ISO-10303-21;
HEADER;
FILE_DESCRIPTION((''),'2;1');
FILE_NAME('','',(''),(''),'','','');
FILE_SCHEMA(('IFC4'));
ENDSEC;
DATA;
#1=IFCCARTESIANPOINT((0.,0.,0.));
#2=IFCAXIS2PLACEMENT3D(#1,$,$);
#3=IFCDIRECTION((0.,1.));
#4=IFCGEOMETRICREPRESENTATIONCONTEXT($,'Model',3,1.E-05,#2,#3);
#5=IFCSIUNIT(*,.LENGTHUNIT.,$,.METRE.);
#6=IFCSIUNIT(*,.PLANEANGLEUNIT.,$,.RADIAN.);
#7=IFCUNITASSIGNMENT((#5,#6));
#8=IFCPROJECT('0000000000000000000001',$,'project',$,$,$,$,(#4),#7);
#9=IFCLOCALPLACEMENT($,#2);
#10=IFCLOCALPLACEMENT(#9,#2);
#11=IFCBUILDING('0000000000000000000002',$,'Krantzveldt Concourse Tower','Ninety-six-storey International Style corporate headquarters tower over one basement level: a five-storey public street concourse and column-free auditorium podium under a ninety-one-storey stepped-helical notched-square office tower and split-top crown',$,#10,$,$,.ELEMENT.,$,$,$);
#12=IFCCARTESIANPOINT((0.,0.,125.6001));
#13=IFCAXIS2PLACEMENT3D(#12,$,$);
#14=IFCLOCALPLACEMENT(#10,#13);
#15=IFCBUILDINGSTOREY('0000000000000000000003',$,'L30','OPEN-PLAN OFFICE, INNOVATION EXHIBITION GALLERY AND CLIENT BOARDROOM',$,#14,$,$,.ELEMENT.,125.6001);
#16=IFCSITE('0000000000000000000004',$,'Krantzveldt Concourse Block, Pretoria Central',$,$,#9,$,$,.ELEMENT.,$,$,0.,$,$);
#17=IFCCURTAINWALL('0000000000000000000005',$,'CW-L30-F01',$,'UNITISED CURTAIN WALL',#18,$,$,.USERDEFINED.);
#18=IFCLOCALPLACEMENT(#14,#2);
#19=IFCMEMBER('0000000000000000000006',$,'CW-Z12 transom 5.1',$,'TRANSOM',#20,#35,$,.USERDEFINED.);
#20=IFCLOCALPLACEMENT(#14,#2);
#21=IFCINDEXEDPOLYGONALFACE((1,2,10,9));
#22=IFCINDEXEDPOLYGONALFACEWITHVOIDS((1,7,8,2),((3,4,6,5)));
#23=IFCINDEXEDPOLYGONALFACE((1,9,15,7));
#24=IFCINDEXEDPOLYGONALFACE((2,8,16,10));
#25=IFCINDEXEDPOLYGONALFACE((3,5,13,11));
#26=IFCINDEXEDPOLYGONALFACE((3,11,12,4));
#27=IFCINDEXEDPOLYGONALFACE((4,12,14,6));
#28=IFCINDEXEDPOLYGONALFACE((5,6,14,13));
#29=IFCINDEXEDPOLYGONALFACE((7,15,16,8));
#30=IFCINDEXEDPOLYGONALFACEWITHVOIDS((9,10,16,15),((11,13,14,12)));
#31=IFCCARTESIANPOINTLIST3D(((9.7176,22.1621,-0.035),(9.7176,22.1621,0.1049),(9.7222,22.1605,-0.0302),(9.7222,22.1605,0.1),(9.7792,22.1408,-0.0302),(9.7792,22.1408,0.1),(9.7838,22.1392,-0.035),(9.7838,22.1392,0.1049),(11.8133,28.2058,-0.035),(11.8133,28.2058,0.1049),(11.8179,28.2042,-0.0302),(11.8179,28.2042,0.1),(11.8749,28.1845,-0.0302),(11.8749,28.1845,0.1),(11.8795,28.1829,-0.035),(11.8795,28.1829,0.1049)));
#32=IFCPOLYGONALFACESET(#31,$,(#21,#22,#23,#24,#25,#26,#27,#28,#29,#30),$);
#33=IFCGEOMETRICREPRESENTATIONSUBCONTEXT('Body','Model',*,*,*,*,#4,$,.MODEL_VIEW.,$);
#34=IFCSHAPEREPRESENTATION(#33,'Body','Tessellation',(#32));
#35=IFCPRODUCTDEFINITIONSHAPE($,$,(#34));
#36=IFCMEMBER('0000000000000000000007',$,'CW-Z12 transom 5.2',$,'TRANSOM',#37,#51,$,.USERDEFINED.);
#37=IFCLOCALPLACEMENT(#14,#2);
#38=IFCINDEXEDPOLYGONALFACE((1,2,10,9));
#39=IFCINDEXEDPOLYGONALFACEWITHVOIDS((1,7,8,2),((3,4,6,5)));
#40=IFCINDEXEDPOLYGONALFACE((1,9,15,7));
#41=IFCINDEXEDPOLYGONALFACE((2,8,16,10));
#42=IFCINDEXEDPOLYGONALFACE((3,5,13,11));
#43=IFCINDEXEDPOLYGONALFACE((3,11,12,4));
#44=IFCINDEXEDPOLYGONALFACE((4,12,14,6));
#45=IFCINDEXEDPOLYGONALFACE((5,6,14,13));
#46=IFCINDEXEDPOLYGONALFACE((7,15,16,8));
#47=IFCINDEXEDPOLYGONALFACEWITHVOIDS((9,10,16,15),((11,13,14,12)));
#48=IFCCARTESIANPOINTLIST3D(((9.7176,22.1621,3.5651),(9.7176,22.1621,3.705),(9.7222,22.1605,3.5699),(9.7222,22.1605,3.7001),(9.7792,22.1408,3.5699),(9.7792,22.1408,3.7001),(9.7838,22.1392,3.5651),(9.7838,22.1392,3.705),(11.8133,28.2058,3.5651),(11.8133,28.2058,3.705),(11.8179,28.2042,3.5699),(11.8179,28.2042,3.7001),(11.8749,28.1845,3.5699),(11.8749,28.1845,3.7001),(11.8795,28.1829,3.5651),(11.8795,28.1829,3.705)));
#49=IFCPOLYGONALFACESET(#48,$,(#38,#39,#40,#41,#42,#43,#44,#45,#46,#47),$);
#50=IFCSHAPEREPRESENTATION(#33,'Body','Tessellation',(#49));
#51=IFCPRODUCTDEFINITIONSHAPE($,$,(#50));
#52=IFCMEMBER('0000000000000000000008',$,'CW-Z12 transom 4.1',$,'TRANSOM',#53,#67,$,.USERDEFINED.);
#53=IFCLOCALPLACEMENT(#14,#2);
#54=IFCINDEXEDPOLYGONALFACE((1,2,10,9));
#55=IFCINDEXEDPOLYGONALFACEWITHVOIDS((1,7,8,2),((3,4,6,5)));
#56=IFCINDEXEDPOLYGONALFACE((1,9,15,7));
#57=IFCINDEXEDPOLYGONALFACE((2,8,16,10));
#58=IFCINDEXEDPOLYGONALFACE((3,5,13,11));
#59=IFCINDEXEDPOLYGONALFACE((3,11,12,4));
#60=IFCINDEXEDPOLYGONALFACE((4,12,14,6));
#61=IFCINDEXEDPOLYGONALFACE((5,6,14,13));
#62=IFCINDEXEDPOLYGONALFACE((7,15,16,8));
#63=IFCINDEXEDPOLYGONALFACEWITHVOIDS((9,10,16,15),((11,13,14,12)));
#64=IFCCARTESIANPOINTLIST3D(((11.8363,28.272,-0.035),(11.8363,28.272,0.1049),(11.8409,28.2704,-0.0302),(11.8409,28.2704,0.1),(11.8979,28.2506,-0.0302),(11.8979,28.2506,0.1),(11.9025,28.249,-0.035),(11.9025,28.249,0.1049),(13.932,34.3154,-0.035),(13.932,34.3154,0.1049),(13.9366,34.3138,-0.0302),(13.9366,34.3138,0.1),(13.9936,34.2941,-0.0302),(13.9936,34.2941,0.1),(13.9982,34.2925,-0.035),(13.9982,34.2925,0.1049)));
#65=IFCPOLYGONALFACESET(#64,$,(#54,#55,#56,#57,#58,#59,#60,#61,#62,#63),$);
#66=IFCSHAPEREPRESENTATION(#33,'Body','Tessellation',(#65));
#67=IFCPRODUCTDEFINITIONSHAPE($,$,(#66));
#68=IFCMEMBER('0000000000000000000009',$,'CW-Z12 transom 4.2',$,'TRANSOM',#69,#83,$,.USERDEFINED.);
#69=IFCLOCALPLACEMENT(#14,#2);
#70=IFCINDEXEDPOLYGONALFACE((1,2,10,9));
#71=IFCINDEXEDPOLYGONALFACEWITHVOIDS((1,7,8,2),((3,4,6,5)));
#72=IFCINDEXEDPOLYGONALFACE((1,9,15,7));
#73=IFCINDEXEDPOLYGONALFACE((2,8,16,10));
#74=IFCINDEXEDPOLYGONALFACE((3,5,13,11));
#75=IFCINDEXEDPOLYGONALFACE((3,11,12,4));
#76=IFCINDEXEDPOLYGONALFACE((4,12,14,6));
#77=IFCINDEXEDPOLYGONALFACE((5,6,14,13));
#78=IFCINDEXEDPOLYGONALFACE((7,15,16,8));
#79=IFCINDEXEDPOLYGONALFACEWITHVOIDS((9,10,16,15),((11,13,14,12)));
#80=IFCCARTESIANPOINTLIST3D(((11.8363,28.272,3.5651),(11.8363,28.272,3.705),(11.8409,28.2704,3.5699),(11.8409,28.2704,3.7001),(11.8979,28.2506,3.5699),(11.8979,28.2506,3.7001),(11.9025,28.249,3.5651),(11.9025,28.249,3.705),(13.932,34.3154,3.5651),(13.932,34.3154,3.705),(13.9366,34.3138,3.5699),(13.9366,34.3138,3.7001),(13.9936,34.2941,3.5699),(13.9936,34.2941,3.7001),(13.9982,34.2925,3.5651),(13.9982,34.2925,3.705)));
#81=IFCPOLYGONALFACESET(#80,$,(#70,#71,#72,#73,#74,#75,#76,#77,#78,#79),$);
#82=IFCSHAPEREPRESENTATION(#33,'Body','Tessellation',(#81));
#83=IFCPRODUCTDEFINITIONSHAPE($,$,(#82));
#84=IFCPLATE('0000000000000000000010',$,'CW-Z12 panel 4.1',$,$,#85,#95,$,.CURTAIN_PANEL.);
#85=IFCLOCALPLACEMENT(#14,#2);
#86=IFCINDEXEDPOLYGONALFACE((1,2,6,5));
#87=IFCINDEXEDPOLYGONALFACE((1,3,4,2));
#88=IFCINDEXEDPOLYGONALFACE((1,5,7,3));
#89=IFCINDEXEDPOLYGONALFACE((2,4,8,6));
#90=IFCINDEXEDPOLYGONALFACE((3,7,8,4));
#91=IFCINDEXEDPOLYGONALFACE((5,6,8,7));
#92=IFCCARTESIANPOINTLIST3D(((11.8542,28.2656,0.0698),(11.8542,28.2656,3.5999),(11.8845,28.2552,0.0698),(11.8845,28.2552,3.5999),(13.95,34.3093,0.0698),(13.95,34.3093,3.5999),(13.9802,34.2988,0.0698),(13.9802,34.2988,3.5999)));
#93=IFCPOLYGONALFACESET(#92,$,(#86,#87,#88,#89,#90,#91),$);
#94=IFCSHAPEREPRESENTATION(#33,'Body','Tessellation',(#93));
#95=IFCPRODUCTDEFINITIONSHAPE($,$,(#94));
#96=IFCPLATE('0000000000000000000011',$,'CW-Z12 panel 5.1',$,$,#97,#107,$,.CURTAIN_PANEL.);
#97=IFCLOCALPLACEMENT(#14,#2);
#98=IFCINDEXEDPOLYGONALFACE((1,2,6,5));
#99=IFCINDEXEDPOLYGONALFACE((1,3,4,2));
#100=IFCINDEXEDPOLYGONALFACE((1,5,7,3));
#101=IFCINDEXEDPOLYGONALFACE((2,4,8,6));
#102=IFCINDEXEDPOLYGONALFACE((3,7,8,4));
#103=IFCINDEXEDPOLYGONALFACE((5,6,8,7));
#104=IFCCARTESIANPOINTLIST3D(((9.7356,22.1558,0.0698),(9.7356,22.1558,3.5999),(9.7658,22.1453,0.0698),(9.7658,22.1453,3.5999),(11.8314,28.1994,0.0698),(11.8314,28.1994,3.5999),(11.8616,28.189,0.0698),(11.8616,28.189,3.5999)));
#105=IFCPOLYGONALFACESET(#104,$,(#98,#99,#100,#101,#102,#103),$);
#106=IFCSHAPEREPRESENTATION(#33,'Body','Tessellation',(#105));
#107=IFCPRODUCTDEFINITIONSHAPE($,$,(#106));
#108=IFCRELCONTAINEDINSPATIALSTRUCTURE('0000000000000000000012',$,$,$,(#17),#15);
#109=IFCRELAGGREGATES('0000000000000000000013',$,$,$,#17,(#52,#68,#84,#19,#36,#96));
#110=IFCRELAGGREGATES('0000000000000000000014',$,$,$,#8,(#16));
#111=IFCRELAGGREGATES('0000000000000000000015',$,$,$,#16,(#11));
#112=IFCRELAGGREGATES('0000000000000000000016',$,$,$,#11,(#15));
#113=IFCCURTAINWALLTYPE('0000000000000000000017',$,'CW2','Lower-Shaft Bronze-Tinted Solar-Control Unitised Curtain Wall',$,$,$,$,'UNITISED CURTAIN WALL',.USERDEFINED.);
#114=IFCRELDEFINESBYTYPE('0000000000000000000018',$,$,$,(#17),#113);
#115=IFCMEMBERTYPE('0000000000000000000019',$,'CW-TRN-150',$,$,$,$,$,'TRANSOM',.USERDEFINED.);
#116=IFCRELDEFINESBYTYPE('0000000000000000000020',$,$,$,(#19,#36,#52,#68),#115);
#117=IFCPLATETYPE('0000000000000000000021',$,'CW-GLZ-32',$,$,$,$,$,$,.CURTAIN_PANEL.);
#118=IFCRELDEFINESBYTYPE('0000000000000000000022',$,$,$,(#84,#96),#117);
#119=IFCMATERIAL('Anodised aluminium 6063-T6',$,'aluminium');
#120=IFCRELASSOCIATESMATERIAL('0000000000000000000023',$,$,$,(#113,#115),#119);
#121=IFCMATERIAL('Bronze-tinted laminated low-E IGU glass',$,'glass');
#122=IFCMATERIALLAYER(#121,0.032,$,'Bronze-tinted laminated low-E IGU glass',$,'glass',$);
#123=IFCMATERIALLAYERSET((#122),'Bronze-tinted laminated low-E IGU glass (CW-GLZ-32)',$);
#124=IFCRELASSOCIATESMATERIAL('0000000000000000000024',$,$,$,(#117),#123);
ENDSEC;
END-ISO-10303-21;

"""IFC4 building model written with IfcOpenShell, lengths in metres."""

from ifc_helpers import new_model, si_unit, direction, frame, origin, origin_2d, place, context, subcontext, project, spatial, rectangle, hollow_rectangle, extrude, source, transform, mapped, material, layer, layer_set, material_profile, profile_set, type_object, type_shapes, element, aggregate, save


model = new_model("IFC4")

# Units and contexts
model_context = context("Model", 3, precision=1e-05, world=origin(), true_north=direction((0.0, 1.0)))
body_context = subcontext(model_context, "Body", "Model", "MODEL_VIEW")
ifc_project = project(units=[si_unit("LENGTHUNIT", "METRE"), si_unit("PLANEANGLEUNIT", "RADIAN")], contexts=[model_context])

# Site, building, storey
site_placement = place(None, origin())
site = spatial("IfcSite", under=ifc_project, at=site_placement, Name="Krantzveldt Concourse Block, Pretoria Central", CompositionType="ELEMENT", RefElevation=0.0)
building_placement = place(site_placement, origin())
building = spatial("IfcBuilding", under=site, at=building_placement, Name="Krantzveldt Concourse Tower", Description="Ninety-six-storey International Style corporate headquarters tower over one basement level: a five-storey public street concourse and column-free auditorium podium under a ninety-one-storey stepped-helical notched-square office tower and split-top crown", CompositionType="ELEMENT")
storey_placement = place(building_placement, frame((0.0, 0.0, 125.6001)))
storey = spatial("IfcBuildingStorey", under=building, at=storey_placement, Name="L30", Description="OPEN-PLAN OFFICE, INNOVATION EXHIBITION GALLERY AND CLIENT BOARDROOM", CompositionType="ELEMENT", Elevation=125.6001)

# Curtain wall, members, plates
ifc_material_1 = material(Name="Anodised aluminium 6063-T6", Category="aluminium")
curtain_wall_type = type_object("IfcCurtainWallType", Name="CW2", Description="Lower-Shaft Bronze-Tinted Solar-Control Unitised Curtain Wall", ElementType="UNITISED CURTAIN WALL", PredefinedType="USERDEFINED", material=ifc_material_1)
curtain_wall_placement = place(storey_placement, origin())
curtain_wall = element("IfcCurtainWall", 1, at=curtain_wall_placement, inside=storey, type_object=curtain_wall_type, Name="CW-L30-F01", ObjectType="UNITISED CURTAIN WALL", PredefinedType="USERDEFINED")
ifc_material_profile_1 = material_profile(ifc_material_1, hollow_rectangle(XDim=0.0701, YDim=0.1399, WallThickness=0.0049, at=origin_2d()), Name="Anodised aluminium 6063-T6", Category="aluminium")
ifc_profile_set_1 = profile_set([ifc_material_profile_1], Name="Anodised aluminium 6063-T6 - ALU-TRAN 140x70x5")
member_type_1 = type_object("IfcMemberType", Name="CW-TRN-150", ElementType="TRANSOM", PredefinedType="USERDEFINED", material=ifc_profile_set_1)
shared_shape_1 = source(origin(), body_context, "Body", "SweptSolid", [
    extrude(hollow_rectangle(XDim=0.0701, YDim=0.1399, WallThickness=0.0049, at=origin_2d()), origin(), (0.0, 0.0, 1.0), 6.3967),
])
member_1_placement = place(storey_placement, frame((11.8464, 28.1943, 0.0349), z_axis=(-0.32762, -0.944809, 0.0), x_axis=(0.944809, -0.32762, 0.0)))
member_1 = element("IfcMember", 2, at=member_1_placement, type_object=member_type_1, Name="CW-Z12 transom 5.1", ObjectType="TRANSOM", PredefinedType="USERDEFINED", context=body_context, shape_type="MappedRepresentation", body=[
    mapped(shared_shape_1, transform((0.0, 0.0, 0.0), x_axis=(1.0, 0.0, 0.0), y_axis=(0.0, 1.0, 0.0), z_axis=(0.0, 0.0, 1.0), scale=1.0)),
])
member_2_placement = place(storey_placement, frame((11.8464, 28.1943, 3.635), z_axis=(-0.32762, -0.944809, 0.0), x_axis=(0.944809, -0.32762, 0.0)))
member_2 = element("IfcMember", 3, at=member_2_placement, type_object=member_type_1, Name="CW-Z12 transom 5.2", ObjectType="TRANSOM", PredefinedType="USERDEFINED", context=body_context, shape_type="MappedRepresentation", body=[
    mapped(shared_shape_1, transform((0.0, 0.0, 0.0), x_axis=(1.0, 0.0, 0.0), y_axis=(0.0, 1.0, 0.0), z_axis=(0.0, 0.0, 1.0), scale=1.0)),
])
shared_shape_2 = source(origin(), body_context, "Body", "SweptSolid", [
    extrude(hollow_rectangle(XDim=0.0701, YDim=0.1399, WallThickness=0.0049, at=origin_2d()), origin(), (0.0, 0.0, 1.0), 6.3965),
])
type_shapes(member_type_1, [shared_shape_1, shared_shape_2])
member_3_placement = place(storey_placement, frame((13.9651, 34.304, 0.0349), z_axis=(-0.327632, -0.944805, 0.0), x_axis=(0.944805, -0.327632, 0.0)))
member_3 = element("IfcMember", 4, at=member_3_placement, type_object=member_type_1, Name="CW-Z12 transom 4.1", ObjectType="TRANSOM", PredefinedType="USERDEFINED", context=body_context, shape_type="MappedRepresentation", body=[
    mapped(shared_shape_2, transform((0.0, 0.0, 0.0), x_axis=(1.0, 0.0, 0.0), y_axis=(0.0, 1.0, 0.0), z_axis=(0.0, 0.0, 1.0), scale=1.0)),
])
member_4_placement = place(storey_placement, frame((13.9651, 34.304, 3.635), z_axis=(-0.327632, -0.944805, 0.0), x_axis=(0.944805, -0.327632, 0.0)))
member_4 = element("IfcMember", 5, at=member_4_placement, type_object=member_type_1, Name="CW-Z12 transom 4.2", ObjectType="TRANSOM", PredefinedType="USERDEFINED", context=body_context, shape_type="MappedRepresentation", body=[
    mapped(shared_shape_2, transform((0.0, 0.0, 0.0), x_axis=(1.0, 0.0, 0.0), y_axis=(0.0, 1.0, 0.0), z_axis=(0.0, 0.0, 1.0), scale=1.0)),
])
ifc_material_2 = material(Name="Bronze-tinted laminated low-E IGU glass", Category="glass")
ifc_layer = layer(ifc_material_2, 0.032, Name="Bronze-tinted laminated low-E IGU glass", Category="glass")
ifc_layer_set = layer_set([ifc_layer], Name="Bronze-tinted laminated low-E IGU glass (CW-GLZ-32)")
plate_type = type_object("IfcPlateType", Name="CW-GLZ-32", PredefinedType="CURTAIN_PANEL", material=ifc_layer_set)
shared_shape_3 = source(origin(), body_context, "Body", "SweptSolid", [
    extrude(rectangle(XDim=6.3967, YDim=0.032, at=origin_2d()), origin(), (0.0, 0.0, 1.0), 3.53),
])
type_shapes(plate_type, [shared_shape_3])
plate_1_placement = place(storey_placement, frame((12.9172, 31.2822, 0.0698), z_axis=(0.0, 0.0, 1.0), x_axis=(-0.32763, -0.944806, 0.0)))
plate_1 = element("IfcPlate", 6, at=plate_1_placement, type_object=plate_type, Name="CW-Z12 panel 4.1", PredefinedType="CURTAIN_PANEL", context=body_context, shape_type="MappedRepresentation", body=[
    mapped(shared_shape_3, transform((0.0, 0.0, 0.0), x_axis=(1.0, 0.0, 0.0), y_axis=(0.0, 1.0, 0.0), z_axis=(0.0, 0.0, 1.0), scale=1.0)),
])
plate_2_placement = place(storey_placement, frame((10.7986, 25.1724, 0.0698), z_axis=(0.0, 0.0, 1.0), x_axis=(-0.32763, -0.944806, 0.0)))
plate_2 = element("IfcPlate", 7, at=plate_2_placement, type_object=plate_type, Name="CW-Z12 panel 5.1", PredefinedType="CURTAIN_PANEL", context=body_context, shape_type="MappedRepresentation", body=[
    mapped(shared_shape_3, transform((0.0, 0.0, 0.0), x_axis=(1.0, 0.0, 0.0), y_axis=(0.0, 1.0, 0.0), z_axis=(0.0, 0.0, 1.0), scale=1.0)),
])
aggregate(curtain_wall, [member_3, member_4, plate_1, member_1, member_2, plate_2])

save(model, "model.ifc")
